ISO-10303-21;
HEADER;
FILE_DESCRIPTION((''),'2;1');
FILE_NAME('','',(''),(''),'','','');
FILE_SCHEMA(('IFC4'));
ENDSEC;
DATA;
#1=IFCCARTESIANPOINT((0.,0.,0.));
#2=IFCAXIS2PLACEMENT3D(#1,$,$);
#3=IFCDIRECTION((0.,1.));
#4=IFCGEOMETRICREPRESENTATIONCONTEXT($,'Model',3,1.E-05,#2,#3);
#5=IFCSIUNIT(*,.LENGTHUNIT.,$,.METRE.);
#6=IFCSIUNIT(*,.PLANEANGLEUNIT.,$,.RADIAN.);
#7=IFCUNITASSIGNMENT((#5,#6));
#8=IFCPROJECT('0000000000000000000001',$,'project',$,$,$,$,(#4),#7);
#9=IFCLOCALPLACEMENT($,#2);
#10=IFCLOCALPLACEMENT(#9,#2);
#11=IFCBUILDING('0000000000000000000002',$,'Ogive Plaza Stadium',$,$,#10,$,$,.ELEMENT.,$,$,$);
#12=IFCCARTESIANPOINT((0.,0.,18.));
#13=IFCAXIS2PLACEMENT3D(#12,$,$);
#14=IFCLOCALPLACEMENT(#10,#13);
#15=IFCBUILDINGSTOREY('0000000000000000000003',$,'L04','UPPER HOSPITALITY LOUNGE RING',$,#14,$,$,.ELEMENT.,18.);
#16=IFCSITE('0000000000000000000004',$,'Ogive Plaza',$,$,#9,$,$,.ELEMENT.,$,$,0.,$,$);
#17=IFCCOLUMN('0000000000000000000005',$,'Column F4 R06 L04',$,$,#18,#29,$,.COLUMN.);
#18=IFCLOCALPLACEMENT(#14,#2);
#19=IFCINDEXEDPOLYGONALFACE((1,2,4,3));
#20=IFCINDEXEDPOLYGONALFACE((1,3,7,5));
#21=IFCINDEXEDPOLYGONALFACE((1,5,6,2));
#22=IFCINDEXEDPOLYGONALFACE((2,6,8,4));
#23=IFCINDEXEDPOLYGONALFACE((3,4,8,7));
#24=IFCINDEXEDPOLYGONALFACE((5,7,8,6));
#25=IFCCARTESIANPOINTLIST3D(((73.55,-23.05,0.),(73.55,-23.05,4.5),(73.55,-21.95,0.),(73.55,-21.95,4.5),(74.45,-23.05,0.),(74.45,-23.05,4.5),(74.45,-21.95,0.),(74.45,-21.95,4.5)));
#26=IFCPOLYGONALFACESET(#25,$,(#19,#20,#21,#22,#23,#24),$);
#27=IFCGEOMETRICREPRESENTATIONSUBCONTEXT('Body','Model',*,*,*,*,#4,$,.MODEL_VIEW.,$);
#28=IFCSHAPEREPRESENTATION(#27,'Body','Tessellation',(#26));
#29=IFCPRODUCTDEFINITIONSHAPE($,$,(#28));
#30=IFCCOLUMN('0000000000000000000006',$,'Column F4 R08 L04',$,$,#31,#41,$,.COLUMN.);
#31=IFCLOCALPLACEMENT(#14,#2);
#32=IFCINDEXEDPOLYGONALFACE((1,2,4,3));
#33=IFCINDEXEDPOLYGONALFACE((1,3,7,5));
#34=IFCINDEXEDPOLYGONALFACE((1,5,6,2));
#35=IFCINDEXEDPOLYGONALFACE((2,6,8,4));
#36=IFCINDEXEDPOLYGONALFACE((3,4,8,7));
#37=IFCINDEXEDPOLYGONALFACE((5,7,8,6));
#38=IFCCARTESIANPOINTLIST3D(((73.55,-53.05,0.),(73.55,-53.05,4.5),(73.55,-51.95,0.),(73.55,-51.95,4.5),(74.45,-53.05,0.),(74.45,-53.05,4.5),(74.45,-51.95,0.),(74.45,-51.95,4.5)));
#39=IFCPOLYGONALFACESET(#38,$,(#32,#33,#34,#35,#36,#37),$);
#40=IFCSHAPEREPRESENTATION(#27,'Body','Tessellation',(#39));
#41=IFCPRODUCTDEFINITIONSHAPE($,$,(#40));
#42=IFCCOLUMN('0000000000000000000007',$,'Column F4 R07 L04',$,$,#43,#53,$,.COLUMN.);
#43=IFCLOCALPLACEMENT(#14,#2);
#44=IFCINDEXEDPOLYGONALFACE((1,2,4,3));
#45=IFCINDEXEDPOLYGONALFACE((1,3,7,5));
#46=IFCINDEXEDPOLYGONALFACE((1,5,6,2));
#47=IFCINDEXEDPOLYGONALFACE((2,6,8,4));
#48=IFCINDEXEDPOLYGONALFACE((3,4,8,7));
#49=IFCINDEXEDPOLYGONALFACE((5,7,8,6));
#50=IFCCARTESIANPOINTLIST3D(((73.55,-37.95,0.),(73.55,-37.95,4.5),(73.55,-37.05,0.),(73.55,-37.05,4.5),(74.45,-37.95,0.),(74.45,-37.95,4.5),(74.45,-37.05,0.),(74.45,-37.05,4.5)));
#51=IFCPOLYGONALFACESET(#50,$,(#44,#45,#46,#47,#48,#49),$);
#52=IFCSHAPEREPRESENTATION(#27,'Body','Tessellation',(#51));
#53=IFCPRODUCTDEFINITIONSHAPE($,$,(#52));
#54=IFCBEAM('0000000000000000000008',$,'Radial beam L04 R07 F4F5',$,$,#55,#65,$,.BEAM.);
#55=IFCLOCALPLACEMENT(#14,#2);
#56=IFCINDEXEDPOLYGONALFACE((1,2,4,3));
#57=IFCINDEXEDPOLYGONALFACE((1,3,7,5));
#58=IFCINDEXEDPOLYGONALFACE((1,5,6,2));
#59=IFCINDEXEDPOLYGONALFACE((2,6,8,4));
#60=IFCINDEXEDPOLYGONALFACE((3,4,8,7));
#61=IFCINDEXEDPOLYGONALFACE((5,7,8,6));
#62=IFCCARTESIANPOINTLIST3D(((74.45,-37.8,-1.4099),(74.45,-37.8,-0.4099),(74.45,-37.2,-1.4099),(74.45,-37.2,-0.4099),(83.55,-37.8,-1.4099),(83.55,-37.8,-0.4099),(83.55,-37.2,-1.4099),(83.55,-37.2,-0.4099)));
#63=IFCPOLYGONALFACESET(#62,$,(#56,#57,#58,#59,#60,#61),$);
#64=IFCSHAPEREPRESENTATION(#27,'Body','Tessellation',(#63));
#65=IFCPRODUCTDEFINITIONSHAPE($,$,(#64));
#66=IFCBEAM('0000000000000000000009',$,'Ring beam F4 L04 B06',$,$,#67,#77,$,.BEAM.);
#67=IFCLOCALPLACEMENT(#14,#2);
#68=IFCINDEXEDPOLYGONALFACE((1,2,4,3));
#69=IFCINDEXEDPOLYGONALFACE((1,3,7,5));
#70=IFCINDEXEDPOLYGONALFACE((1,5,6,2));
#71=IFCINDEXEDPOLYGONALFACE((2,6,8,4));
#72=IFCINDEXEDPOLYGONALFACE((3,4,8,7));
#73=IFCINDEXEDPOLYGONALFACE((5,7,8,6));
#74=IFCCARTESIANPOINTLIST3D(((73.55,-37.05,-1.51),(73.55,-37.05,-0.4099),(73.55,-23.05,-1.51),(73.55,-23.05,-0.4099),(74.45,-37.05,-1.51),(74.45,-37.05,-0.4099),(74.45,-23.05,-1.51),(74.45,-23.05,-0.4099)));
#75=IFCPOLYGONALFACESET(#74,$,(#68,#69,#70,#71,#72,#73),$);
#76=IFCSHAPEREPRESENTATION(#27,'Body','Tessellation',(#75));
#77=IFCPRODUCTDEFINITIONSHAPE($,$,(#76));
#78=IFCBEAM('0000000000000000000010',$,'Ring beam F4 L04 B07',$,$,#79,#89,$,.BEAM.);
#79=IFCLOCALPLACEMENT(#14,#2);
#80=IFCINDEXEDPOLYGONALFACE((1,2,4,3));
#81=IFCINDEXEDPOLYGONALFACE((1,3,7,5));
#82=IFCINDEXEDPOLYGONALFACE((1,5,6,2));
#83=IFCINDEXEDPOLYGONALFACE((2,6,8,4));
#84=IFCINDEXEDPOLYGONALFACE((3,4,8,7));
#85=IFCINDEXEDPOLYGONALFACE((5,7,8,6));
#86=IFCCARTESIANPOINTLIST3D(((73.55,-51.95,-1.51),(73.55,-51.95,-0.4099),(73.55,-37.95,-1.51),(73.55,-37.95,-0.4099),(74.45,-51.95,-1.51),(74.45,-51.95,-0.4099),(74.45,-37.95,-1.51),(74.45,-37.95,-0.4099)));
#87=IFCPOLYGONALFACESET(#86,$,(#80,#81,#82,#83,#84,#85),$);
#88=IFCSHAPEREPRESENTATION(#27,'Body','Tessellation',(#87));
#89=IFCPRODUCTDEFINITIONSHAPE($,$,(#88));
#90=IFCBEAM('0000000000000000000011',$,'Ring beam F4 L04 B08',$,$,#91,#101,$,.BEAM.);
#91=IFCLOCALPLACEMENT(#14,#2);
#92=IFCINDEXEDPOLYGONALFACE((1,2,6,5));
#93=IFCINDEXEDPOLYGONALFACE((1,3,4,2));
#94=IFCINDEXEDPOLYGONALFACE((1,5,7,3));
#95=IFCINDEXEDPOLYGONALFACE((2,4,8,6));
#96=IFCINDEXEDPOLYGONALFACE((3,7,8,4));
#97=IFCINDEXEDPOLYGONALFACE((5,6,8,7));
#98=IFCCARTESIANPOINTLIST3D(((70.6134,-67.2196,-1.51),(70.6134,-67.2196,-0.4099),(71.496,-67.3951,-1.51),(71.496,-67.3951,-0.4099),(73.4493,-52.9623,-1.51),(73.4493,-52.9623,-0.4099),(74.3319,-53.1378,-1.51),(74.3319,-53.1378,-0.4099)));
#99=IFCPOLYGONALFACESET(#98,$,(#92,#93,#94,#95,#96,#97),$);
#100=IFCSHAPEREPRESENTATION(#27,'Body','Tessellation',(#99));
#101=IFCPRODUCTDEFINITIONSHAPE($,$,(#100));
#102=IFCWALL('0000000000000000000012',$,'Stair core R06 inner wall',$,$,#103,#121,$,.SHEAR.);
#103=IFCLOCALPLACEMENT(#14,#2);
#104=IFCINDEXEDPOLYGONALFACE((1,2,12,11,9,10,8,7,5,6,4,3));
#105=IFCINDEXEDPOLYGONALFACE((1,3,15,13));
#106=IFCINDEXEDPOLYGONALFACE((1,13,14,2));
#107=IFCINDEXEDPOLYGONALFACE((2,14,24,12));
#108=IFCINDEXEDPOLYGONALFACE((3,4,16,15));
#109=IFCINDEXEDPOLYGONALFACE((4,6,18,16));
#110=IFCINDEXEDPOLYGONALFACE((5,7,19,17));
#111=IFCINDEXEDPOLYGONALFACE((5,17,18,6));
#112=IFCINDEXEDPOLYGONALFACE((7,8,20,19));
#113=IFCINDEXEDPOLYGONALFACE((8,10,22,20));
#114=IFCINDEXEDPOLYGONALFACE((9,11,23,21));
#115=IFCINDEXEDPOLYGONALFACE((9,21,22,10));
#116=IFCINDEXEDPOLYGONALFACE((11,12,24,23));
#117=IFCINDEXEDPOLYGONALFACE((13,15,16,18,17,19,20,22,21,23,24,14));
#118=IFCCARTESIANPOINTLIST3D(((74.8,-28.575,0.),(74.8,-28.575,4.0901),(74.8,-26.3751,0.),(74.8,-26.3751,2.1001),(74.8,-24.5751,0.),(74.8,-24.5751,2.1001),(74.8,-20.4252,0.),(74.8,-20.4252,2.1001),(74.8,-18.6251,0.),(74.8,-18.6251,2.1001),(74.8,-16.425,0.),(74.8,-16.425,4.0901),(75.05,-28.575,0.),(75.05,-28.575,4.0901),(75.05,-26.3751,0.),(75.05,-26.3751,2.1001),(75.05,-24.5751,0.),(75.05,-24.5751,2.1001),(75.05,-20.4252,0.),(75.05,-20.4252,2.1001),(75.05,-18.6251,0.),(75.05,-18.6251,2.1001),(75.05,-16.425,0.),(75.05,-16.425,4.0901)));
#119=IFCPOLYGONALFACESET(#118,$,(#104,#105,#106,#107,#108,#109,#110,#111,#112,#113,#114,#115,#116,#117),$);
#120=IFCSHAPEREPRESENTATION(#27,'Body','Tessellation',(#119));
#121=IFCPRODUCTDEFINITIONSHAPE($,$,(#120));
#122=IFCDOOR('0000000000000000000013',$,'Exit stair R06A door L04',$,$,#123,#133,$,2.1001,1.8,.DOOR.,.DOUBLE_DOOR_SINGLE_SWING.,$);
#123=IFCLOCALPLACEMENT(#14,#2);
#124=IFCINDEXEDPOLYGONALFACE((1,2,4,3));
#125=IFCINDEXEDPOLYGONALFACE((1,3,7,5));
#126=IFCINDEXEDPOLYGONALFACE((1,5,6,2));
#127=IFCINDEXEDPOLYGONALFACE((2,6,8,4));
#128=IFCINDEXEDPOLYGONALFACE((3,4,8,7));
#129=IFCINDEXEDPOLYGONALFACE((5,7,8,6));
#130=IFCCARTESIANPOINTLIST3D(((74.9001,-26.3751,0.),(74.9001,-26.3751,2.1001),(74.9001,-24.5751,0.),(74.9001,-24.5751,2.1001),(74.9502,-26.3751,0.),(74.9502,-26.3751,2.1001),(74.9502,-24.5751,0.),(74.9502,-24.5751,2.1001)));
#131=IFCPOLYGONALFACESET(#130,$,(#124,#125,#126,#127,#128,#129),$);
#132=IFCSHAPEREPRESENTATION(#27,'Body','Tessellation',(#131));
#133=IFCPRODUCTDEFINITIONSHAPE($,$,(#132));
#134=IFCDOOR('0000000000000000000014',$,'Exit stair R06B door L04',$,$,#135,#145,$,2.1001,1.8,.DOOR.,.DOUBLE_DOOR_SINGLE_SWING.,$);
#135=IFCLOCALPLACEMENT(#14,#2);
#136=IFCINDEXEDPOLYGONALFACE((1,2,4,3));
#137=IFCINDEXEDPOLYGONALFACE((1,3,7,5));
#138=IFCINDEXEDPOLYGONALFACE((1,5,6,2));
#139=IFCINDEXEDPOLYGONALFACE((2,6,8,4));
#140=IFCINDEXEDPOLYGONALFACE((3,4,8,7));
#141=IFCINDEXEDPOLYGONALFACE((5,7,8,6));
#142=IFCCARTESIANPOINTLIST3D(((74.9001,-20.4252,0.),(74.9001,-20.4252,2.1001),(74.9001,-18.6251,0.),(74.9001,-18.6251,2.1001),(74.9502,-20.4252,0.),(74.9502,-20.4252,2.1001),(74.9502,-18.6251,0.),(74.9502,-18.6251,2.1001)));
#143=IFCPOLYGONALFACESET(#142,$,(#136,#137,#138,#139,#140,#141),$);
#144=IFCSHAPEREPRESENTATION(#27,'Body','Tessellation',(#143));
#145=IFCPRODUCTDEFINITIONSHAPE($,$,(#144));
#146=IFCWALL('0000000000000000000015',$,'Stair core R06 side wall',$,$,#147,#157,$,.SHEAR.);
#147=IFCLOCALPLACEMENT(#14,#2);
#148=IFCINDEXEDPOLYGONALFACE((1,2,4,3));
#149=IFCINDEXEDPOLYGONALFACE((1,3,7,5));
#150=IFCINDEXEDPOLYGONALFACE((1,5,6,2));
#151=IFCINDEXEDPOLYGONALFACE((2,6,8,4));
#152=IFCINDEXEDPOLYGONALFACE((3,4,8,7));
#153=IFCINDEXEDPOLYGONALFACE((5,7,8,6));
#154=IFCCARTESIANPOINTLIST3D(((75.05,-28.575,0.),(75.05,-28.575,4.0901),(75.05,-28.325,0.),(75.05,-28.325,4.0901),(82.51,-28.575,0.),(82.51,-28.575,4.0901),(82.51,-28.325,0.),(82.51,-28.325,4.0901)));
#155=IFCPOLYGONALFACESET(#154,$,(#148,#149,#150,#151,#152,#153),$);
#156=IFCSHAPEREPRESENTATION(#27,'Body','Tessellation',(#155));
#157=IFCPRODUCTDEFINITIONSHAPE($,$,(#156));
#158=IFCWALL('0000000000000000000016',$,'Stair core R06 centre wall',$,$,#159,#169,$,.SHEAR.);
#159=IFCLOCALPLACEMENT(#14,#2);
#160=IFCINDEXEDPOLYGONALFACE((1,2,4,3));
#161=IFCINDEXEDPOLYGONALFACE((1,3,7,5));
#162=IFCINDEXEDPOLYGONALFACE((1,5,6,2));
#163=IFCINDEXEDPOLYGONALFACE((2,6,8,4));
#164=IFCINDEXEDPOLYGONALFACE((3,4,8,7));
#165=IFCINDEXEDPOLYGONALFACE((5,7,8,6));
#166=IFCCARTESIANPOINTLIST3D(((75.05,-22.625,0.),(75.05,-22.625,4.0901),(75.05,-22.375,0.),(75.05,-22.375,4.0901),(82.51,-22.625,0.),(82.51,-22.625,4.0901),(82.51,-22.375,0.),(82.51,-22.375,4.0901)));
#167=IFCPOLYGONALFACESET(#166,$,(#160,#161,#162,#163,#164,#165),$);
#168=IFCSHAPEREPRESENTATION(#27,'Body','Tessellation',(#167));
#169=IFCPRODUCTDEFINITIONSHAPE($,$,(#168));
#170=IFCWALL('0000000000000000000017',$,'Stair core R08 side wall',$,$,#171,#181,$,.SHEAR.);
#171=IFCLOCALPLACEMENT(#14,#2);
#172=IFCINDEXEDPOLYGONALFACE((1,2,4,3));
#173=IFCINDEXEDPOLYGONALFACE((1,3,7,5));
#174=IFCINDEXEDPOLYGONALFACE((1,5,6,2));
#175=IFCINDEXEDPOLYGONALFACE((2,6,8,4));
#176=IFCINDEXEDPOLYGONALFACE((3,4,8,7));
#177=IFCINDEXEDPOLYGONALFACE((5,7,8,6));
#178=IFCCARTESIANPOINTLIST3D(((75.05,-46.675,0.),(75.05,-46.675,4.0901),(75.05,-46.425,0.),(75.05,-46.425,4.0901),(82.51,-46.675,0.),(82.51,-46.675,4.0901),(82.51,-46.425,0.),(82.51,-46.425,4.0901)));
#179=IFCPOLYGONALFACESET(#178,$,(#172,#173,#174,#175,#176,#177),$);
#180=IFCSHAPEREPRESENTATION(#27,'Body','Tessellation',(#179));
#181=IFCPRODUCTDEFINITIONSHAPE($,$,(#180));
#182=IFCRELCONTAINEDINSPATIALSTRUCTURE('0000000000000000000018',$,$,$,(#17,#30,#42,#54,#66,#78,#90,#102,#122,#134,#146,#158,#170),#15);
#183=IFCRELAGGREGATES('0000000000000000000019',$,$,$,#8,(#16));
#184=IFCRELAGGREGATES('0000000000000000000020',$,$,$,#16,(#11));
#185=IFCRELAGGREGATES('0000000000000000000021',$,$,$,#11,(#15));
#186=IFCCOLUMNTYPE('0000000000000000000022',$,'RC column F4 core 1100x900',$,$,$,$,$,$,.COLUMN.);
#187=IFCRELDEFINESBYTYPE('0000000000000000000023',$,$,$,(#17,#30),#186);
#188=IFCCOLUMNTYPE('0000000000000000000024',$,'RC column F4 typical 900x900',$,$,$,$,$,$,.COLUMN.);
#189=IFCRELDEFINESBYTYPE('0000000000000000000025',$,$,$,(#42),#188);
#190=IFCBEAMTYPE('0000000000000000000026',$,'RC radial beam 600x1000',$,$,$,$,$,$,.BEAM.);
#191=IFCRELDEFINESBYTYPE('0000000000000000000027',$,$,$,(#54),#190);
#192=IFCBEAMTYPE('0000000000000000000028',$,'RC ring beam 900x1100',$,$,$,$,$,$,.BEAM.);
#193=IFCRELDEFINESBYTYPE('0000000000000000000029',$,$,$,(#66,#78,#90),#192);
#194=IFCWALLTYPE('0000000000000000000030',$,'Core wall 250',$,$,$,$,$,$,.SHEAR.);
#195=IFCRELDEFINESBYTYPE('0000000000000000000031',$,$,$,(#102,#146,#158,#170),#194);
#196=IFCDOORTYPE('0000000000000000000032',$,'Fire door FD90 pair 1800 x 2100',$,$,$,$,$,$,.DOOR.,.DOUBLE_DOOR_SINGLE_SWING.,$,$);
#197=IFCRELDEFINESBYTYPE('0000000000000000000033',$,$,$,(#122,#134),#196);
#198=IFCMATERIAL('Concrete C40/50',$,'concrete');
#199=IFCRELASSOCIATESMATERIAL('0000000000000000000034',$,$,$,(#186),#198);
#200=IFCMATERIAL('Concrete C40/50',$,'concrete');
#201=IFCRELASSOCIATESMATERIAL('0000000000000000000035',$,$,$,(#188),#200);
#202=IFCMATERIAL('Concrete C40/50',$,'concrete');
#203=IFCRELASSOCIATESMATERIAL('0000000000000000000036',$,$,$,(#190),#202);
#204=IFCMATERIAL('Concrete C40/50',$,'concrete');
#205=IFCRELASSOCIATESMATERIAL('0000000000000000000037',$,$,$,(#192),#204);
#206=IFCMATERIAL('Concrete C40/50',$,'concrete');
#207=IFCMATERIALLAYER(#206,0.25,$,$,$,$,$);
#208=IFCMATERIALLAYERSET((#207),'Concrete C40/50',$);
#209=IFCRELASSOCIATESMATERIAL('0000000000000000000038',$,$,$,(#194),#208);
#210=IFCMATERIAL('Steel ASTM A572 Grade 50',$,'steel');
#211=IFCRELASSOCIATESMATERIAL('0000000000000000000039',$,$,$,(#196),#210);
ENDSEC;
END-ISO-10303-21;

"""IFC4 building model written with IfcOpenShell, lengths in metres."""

from ifc_helpers import new_model, si_unit, direction, frame, frame_2d, origin, origin_2d, place, context, subcontext, project, spatial, rectangle, extrude, material, layer, layer_set, material_profile, profile_set, type_object, element, fill, save


model = new_model("IFC4")

# Units and contexts
model_context = context("Model", 3, precision=1e-05, world=origin(), true_north=direction((0.0, 1.0)))
body_context = subcontext(model_context, "Body", "Model", "MODEL_VIEW")
ifc_project = project(units=[si_unit("LENGTHUNIT", "METRE"), si_unit("PLANEANGLEUNIT", "RADIAN")], contexts=[model_context])

# Site, building, storey
site_placement = place(None, origin())
site = spatial("IfcSite", under=ifc_project, at=site_placement, Name="Ogive Plaza", CompositionType="ELEMENT", RefElevation=0.0)
building_placement = place(site_placement, origin())
building = spatial("IfcBuilding", under=site, at=building_placement, Name="Ogive Plaza Stadium", CompositionType="ELEMENT")
storey_placement = place(building_placement, frame((0.0, 0.0, 18.0)))
storey = spatial("IfcBuildingStorey", under=building, at=storey_placement, Name="L04", Description="UPPER HOSPITALITY LOUNGE RING", CompositionType="ELEMENT", Elevation=18.0)

# Columns
ifc_material_1 = material(Name="Concrete C40/50", Category="concrete")
ifc_material_profile_1 = material_profile(ifc_material_1, rectangle(XDim=1.1001, YDim=0.8999, at=origin_2d()), Name="RC 1100x900")
ifc_profile_set_1 = profile_set([ifc_material_profile_1], Name="Concrete C40/50")
column_type_1 = type_object("IfcColumnType", Name="RC column F4 core 1100x900", PredefinedType="COLUMN", material=ifc_profile_set_1)
for number, where, z_axis, x_axis, name in (
    (1, (74.0, -22.5, 0.0), (0.0, 0.0, 1.0), (0.0, 1.0, 0.0), "Column F4 R06 L04"),
    (2, (74.0, -52.5, 0.0), (0.0, 0.0, 1.0), (0.0, 1.0, 0.0), "Column F4 R08 L04"),
):
    element("IfcColumn", number, at=place(storey_placement, frame(where, z_axis=z_axis, x_axis=x_axis)), inside=storey, type_object=column_type_1, Name=name, PredefinedType="COLUMN", context=body_context, shape_type="SweptSolid", body=[
        extrude(rectangle(XDim=1.1001, YDim=0.8999, at=origin_2d()), origin(), (0.0, 0.0, 1.0), 4.5),
    ])
ifc_material_2 = material(Name="Concrete C40/50", Category="concrete")
ifc_material_profile_2 = material_profile(ifc_material_2, rectangle(XDim=0.8999, YDim=0.8999, at=origin_2d()), Name="RC 900x900")
ifc_profile_set_2 = profile_set([ifc_material_profile_2], Name="Concrete C40/50")
column_type_2 = type_object("IfcColumnType", Name="RC column F4 typical 900x900", PredefinedType="COLUMN", material=ifc_profile_set_2)
column_placement = place(storey_placement, frame((74.0, -37.5, 0.0), z_axis=(0.0, 0.0, 1.0), x_axis=(0.0, 1.0, 0.0)))
element("IfcColumn", 3, at=column_placement, inside=storey, type_object=column_type_2, Name="Column F4 R07 L04", PredefinedType="COLUMN", context=body_context, shape_type="SweptSolid", body=[
    extrude(rectangle(XDim=0.8999, YDim=0.8999, at=origin_2d()), origin(), (0.0, 0.0, 1.0), 4.5),
])

# Beams
ifc_material_3 = material(Name="Concrete C40/50", Category="concrete")
ifc_material_profile_3 = material_profile(ifc_material_3, rectangle(XDim=0.6001, YDim=1.0, at=origin_2d()), Name="RC 600x1000")
ifc_profile_set_3 = profile_set([ifc_material_profile_3], Name="Concrete C40/50")
beam_type_1 = type_object("IfcBeamType", Name="RC radial beam 600x1000", PredefinedType="BEAM", material=ifc_profile_set_3)
beam_1_placement = place(storey_placement, frame((74.45, -37.5, -0.9099), z_axis=(1.0, 0.0, 0.0), x_axis=(0.0, 1.0, 0.0)))
element("IfcBeam", 4, at=beam_1_placement, inside=storey, type_object=beam_type_1, Name="Radial beam L04 R07 F4F5", PredefinedType="BEAM", context=body_context, shape_type="SweptSolid", body=[
    extrude(rectangle(XDim=0.6001, YDim=1.0, at=origin_2d()), origin(), (0.0, 0.0, 1.0), 9.1001),
])
ifc_material_4 = material(Name="Concrete C40/50", Category="concrete")
ifc_material_profile_4 = material_profile(ifc_material_4, rectangle(XDim=0.8999, YDim=1.1001, at=origin_2d()), Name="RC 900x1100")
ifc_profile_set_4 = profile_set([ifc_material_profile_4], Name="Concrete C40/50")
beam_type_2 = type_object("IfcBeamType", Name="RC ring beam 900x1100", PredefinedType="BEAM", material=ifc_profile_set_4)
for number, where, z_axis, x_axis, name in (
    (5, (74.0, -23.05, -0.96), (0.0, -1.0, 0.0), (1.0, 0.0, 0.0), "Ring beam F4 L04 B06"),
    (6, (74.0, -37.95, -0.96), (0.0, -1.0, 0.0), (1.0, 0.0, 0.0), "Ring beam F4 L04 B07"),
):
    element("IfcBeam", number, at=place(storey_placement, frame(where, z_axis=z_axis, x_axis=x_axis)), inside=storey, type_object=beam_type_2, Name=name, PredefinedType="BEAM", context=body_context, shape_type="SweptSolid", body=[
        extrude(rectangle(XDim=0.8999, YDim=1.1001, at=origin_2d()), origin(), (0.0, 0.0, 1.0), 14.0),
    ])
beam_2_placement = place(storey_placement, frame((73.8906, -53.05, -0.96), z_axis=(-0.195089, -0.980786, 0.0), x_axis=(0.980786, -0.195089, 0.0)))
element("IfcBeam", 7, at=beam_2_placement, inside=storey, type_object=beam_type_2, Name="Ring beam F4 L04 B08", PredefinedType="BEAM", context=body_context, shape_type="SweptSolid", body=[
    extrude(rectangle(XDim=0.8999, YDim=1.1001, at=origin_2d()), origin(), (0.0, 0.0, 1.0), 14.5366),
])

# Wall, openings, doors
ifc_material_5 = material(Name="Concrete C40/50", Category="concrete")
ifc_layer = layer(ifc_material_5, 0.25)
ifc_layer_set = layer_set([ifc_layer], Name="Concrete C40/50")
wall_type = type_object("IfcWallType", Name="Core wall 250", PredefinedType="SHEAR", material=ifc_layer_set)
wall_placement = place(storey_placement, frame((74.925, -28.575, 0.0), z_axis=(0.0, 0.0, 1.0), x_axis=(0.0, 1.0, 0.0)))
wall = element("IfcWall", 8, at=wall_placement, inside=storey, type_object=wall_type, Name="Stair core R06 inner wall", PredefinedType="SHEAR", context=body_context, shape_type="SweptSolid", body=[
    extrude(rectangle(XDim=12.1499, YDim=0.25, at=frame_2d((6.075, 0.0))), origin(), (0.0, 0.0, 1.0), 4.0901),
])
opening_1_placement = place(wall_placement, frame((2.2, 0.0, 0.0)))
opening_1 = element("IfcOpeningElement", 9, at=opening_1_placement, cuts=wall, PredefinedType="OPENING", context=body_context, shape_type="SweptSolid", body=[
    extrude(rectangle(XDim=1.8, YDim=2.1001, at=frame_2d((0.8999, 1.05))), frame((0.0, 0.125, 0.0), z_axis=(0.0, -1.0, 0.0), x_axis=(1.0, 0.0, 0.0)), (0.0, 0.0, 1.0), 0.25),
])
opening_2_placement = place(wall_placement, frame((8.1499, 0.0, 0.0)))
opening_2 = element("IfcOpeningElement", 10, at=opening_2_placement, cuts=wall, PredefinedType="OPENING", context=body_context, shape_type="SweptSolid", body=[
    extrude(rectangle(XDim=1.8, YDim=2.1001, at=frame_2d((0.8999, 1.05))), frame((0.0, 0.125, 0.0), z_axis=(0.0, -1.0, 0.0), x_axis=(1.0, 0.0, 0.0)), (0.0, 0.0, 1.0), 0.25),
])
ifc_material_6 = material(Name="Steel ASTM A572 Grade 50", Category="steel")
door_type = type_object("IfcDoorType", Name="Fire door FD90 pair 1800 x 2100", OperationType="DOUBLE_DOOR_SINGLE_SWING", PredefinedType="DOOR", material=ifc_material_6)
door_1_placement = place(opening_1_placement, origin())
door_1 = element("IfcDoor", 11, at=door_1_placement, inside=storey, type_object=door_type, Name="Exit stair R06A door L04", OperationType="DOUBLE_DOOR_SINGLE_SWING", OverallHeight=2.1001, OverallWidth=1.8, PredefinedType="DOOR", context=body_context, shape_type="SweptSolid", body=[
    extrude(rectangle(XDim=1.8, YDim=2.1001, at=frame_2d((0.8999, 1.05))), frame((0.0, 0.0249, 0.0), z_axis=(0.0, -1.0, 0.0), x_axis=(1.0, 0.0, 0.0)), (0.0, 0.0, 1.0), 0.05),
])
fill(opening_1, door_1)
door_2_placement = place(opening_2_placement, origin())
door_2 = element("IfcDoor", 12, at=door_2_placement, inside=storey, type_object=door_type, Name="Exit stair R06B door L04", OperationType="DOUBLE_DOOR_SINGLE_SWING", OverallHeight=2.1001, OverallWidth=1.8, PredefinedType="DOOR", context=body_context, shape_type="SweptSolid", body=[
    extrude(rectangle(XDim=1.8, YDim=2.1001, at=frame_2d((0.8999, 1.05))), frame((0.0, 0.0249, 0.0), z_axis=(0.0, -1.0, 0.0), x_axis=(1.0, 0.0, 0.0)), (0.0, 0.0, 1.0), 0.05),
])
fill(opening_2, door_2)

# Walls
for number, where, z_axis, x_axis, name in (
    (13, (75.05, -28.45, 0.0), (0.0, 0.0, 1.0), (1.0, 0.0, 0.0), "Stair core R06 side wall"),
    (14, (75.05, -22.5, 0.0), (0.0, 0.0, 1.0), (1.0, 0.0, 0.0), "Stair core R06 centre wall"),
    (15, (75.05, -46.55, 0.0), (0.0, 0.0, 1.0), (1.0, 0.0, 0.0), "Stair core R08 side wall"),
):
    element("IfcWall", number, at=place(storey_placement, frame(where, z_axis=z_axis, x_axis=x_axis)), inside=storey, type_object=wall_type, Name=name, PredefinedType="SHEAR", context=body_context, shape_type="SweptSolid", body=[
        extrude(rectangle(XDim=7.46, YDim=0.25, at=frame_2d((3.73, 0.0))), origin(), (0.0, 0.0, 1.0), 4.0901),
    ])

save(model, "model.ifc")
